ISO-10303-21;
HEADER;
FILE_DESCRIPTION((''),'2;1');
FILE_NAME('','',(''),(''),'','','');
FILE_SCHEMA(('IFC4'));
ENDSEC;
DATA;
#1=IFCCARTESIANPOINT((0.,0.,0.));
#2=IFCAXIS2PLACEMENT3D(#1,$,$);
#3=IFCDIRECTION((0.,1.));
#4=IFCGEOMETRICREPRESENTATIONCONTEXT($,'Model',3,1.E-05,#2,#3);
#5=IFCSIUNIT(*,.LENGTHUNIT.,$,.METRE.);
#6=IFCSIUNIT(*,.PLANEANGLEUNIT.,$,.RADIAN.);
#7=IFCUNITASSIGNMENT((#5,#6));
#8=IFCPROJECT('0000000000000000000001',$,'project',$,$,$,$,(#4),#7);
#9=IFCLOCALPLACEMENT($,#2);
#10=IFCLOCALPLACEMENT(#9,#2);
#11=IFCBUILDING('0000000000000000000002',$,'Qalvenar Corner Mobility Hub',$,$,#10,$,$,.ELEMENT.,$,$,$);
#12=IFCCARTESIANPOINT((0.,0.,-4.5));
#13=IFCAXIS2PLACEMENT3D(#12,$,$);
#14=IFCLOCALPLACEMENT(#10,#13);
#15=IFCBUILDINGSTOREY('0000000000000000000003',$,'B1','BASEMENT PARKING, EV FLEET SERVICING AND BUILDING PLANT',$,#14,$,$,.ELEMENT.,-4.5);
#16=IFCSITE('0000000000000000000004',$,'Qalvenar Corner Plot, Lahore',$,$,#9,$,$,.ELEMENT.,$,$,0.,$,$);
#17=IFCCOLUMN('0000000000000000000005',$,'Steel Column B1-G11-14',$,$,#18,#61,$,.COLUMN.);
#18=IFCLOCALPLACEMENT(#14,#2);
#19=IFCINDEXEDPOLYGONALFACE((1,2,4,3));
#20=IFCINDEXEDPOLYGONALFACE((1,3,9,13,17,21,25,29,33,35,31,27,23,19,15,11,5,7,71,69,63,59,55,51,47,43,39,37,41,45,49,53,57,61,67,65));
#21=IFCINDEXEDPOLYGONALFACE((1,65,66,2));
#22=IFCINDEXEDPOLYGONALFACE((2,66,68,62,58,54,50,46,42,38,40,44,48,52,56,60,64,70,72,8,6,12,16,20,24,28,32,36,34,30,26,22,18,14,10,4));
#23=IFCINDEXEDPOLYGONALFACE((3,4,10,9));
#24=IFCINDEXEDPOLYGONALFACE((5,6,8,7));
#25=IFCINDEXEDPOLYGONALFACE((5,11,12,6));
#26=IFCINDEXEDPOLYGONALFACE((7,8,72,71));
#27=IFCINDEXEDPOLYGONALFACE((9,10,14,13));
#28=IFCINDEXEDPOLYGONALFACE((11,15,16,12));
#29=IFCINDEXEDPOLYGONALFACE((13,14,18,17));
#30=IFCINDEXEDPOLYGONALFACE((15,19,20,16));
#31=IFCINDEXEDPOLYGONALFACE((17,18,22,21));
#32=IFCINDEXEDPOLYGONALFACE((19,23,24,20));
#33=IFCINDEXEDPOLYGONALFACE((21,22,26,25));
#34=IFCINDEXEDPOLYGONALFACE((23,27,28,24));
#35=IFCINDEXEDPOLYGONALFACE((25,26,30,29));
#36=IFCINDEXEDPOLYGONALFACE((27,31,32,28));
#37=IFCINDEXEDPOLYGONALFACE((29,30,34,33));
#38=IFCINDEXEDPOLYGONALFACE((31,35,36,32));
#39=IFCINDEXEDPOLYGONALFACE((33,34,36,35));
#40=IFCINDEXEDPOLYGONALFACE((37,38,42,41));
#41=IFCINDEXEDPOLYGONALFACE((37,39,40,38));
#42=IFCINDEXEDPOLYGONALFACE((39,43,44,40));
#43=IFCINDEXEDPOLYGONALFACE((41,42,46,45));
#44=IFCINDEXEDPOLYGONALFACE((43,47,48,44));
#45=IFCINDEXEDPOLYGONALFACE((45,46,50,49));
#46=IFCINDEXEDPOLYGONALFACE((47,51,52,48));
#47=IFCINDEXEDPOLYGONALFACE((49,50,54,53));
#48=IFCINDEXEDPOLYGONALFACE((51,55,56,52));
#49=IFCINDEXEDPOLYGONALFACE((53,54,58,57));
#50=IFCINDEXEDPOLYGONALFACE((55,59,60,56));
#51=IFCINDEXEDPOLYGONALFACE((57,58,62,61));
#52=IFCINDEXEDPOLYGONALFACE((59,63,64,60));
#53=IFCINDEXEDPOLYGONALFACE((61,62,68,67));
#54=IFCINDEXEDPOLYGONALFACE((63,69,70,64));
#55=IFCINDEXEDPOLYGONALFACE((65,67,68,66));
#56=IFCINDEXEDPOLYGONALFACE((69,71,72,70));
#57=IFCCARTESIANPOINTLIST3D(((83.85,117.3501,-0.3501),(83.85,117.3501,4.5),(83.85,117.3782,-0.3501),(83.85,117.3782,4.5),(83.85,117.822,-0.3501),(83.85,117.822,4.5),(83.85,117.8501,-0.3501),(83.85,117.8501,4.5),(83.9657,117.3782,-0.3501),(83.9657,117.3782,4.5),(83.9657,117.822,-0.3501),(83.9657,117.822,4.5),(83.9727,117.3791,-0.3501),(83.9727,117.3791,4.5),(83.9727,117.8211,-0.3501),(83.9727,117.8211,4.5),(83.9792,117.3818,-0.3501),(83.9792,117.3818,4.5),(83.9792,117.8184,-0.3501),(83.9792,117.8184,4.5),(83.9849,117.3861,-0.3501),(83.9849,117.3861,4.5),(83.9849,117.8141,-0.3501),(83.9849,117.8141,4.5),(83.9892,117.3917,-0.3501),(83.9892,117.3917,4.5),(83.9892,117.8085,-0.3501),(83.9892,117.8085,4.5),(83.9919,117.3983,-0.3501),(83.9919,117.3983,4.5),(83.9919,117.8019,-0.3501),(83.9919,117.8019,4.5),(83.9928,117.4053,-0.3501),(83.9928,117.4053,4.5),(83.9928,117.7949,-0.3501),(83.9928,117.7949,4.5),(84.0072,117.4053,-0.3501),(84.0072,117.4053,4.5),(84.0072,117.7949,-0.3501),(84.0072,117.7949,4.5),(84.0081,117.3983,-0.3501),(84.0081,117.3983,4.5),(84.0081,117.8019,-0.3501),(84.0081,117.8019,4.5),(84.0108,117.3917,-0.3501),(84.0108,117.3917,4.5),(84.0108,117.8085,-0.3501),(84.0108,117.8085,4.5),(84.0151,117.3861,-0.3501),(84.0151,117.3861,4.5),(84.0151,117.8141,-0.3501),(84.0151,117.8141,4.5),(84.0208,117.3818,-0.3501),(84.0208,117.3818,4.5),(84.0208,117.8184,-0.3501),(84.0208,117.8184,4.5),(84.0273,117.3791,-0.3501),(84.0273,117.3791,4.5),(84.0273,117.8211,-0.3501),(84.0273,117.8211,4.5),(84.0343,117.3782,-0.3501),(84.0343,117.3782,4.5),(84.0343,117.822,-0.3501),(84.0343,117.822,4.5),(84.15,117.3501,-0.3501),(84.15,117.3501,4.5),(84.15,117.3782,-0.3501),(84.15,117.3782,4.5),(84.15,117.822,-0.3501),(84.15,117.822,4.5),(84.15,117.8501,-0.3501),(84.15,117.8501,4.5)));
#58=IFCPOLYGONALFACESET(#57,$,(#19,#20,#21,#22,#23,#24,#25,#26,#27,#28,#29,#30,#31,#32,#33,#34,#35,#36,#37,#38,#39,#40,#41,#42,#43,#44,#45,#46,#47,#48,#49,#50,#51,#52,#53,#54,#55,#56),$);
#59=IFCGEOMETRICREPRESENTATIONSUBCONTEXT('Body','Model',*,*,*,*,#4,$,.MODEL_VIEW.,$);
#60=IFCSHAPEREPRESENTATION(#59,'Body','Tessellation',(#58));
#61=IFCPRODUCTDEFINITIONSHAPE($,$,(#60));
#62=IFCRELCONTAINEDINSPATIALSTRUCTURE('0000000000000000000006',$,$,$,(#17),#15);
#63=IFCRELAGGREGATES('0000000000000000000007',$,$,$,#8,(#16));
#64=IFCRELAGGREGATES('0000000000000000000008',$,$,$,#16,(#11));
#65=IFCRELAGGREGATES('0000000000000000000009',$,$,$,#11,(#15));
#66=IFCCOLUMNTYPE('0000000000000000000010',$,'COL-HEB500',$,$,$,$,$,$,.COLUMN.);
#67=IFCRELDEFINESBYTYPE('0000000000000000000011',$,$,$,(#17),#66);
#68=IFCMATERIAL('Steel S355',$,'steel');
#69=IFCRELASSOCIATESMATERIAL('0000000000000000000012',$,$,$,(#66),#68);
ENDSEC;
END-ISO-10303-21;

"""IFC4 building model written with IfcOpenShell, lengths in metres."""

from ifc_helpers import new_model, si_unit, direction, frame, origin, origin_2d, place, context, subcontext, project, spatial, i_section, extrude, material, material_profile, profile_set, type_object, element, save


model = new_model("IFC4")

# Units and contexts
model_context = context("Model", 3, precision=1e-05, world=origin(), true_north=direction((0.0, 1.0)))
body_context = subcontext(model_context, "Body", "Model", "MODEL_VIEW")
ifc_project = project(units=[si_unit("LENGTHUNIT", "METRE"), si_unit("PLANEANGLEUNIT", "RADIAN")], contexts=[model_context])

# Site, building, storey
site_placement = place(None, origin())
site = spatial("IfcSite", under=ifc_project, at=site_placement, Name="Qalvenar Corner Plot, Lahore", CompositionType="ELEMENT", RefElevation=0.0)
building_placement = place(site_placement, origin())
building = spatial("IfcBuilding", under=site, at=building_placement, Name="Qalvenar Corner Mobility Hub", CompositionType="ELEMENT")
storey_placement = place(building_placement, frame((0.0, 0.0, -4.5)))
storey = spatial("IfcBuildingStorey", under=building, at=storey_placement, Name="B1", Description="BASEMENT PARKING, EV FLEET SERVICING AND BUILDING PLANT", CompositionType="ELEMENT", Elevation=-4.5)

# Column
ifc_material_1 = material(Name="Steel S355", Category="steel")
ifc_material_profile_1 = material_profile(ifc_material_1, i_section(OverallWidth=0.3, OverallDepth=0.5, WebThickness=0.0144, FlangeThickness=0.0281, FilletRadius=0.0271, at=origin_2d()), Name="HEB500")
ifc_profile_set_1 = profile_set([ifc_material_profile_1], Name="Steel S355")
column_type_1 = type_object("IfcColumnType", Name="COL-HEB500", PredefinedType="COLUMN", material=ifc_profile_set_1)
column_1_placement = place(storey_placement, frame((84.0, 117.6001, -0.3501), z_axis=(0.0, 0.0, 1.0), x_axis=(1.0, 0.0, 0.0)))
element("IfcColumn", 1, at=column_1_placement, inside=storey, type_object=column_type_1, Name="Steel Column B1-G11-14", PredefinedType="COLUMN", context=body_context, shape_type="SweptSolid", body=[
    extrude(i_section(OverallWidth=0.3, OverallDepth=0.5, WebThickness=0.0144, FlangeThickness=0.0281, FilletRadius=0.0271, at=origin_2d()), origin(), (0.0, 0.0, 1.0), 4.8501),
])

save(model, "model.ifc")
